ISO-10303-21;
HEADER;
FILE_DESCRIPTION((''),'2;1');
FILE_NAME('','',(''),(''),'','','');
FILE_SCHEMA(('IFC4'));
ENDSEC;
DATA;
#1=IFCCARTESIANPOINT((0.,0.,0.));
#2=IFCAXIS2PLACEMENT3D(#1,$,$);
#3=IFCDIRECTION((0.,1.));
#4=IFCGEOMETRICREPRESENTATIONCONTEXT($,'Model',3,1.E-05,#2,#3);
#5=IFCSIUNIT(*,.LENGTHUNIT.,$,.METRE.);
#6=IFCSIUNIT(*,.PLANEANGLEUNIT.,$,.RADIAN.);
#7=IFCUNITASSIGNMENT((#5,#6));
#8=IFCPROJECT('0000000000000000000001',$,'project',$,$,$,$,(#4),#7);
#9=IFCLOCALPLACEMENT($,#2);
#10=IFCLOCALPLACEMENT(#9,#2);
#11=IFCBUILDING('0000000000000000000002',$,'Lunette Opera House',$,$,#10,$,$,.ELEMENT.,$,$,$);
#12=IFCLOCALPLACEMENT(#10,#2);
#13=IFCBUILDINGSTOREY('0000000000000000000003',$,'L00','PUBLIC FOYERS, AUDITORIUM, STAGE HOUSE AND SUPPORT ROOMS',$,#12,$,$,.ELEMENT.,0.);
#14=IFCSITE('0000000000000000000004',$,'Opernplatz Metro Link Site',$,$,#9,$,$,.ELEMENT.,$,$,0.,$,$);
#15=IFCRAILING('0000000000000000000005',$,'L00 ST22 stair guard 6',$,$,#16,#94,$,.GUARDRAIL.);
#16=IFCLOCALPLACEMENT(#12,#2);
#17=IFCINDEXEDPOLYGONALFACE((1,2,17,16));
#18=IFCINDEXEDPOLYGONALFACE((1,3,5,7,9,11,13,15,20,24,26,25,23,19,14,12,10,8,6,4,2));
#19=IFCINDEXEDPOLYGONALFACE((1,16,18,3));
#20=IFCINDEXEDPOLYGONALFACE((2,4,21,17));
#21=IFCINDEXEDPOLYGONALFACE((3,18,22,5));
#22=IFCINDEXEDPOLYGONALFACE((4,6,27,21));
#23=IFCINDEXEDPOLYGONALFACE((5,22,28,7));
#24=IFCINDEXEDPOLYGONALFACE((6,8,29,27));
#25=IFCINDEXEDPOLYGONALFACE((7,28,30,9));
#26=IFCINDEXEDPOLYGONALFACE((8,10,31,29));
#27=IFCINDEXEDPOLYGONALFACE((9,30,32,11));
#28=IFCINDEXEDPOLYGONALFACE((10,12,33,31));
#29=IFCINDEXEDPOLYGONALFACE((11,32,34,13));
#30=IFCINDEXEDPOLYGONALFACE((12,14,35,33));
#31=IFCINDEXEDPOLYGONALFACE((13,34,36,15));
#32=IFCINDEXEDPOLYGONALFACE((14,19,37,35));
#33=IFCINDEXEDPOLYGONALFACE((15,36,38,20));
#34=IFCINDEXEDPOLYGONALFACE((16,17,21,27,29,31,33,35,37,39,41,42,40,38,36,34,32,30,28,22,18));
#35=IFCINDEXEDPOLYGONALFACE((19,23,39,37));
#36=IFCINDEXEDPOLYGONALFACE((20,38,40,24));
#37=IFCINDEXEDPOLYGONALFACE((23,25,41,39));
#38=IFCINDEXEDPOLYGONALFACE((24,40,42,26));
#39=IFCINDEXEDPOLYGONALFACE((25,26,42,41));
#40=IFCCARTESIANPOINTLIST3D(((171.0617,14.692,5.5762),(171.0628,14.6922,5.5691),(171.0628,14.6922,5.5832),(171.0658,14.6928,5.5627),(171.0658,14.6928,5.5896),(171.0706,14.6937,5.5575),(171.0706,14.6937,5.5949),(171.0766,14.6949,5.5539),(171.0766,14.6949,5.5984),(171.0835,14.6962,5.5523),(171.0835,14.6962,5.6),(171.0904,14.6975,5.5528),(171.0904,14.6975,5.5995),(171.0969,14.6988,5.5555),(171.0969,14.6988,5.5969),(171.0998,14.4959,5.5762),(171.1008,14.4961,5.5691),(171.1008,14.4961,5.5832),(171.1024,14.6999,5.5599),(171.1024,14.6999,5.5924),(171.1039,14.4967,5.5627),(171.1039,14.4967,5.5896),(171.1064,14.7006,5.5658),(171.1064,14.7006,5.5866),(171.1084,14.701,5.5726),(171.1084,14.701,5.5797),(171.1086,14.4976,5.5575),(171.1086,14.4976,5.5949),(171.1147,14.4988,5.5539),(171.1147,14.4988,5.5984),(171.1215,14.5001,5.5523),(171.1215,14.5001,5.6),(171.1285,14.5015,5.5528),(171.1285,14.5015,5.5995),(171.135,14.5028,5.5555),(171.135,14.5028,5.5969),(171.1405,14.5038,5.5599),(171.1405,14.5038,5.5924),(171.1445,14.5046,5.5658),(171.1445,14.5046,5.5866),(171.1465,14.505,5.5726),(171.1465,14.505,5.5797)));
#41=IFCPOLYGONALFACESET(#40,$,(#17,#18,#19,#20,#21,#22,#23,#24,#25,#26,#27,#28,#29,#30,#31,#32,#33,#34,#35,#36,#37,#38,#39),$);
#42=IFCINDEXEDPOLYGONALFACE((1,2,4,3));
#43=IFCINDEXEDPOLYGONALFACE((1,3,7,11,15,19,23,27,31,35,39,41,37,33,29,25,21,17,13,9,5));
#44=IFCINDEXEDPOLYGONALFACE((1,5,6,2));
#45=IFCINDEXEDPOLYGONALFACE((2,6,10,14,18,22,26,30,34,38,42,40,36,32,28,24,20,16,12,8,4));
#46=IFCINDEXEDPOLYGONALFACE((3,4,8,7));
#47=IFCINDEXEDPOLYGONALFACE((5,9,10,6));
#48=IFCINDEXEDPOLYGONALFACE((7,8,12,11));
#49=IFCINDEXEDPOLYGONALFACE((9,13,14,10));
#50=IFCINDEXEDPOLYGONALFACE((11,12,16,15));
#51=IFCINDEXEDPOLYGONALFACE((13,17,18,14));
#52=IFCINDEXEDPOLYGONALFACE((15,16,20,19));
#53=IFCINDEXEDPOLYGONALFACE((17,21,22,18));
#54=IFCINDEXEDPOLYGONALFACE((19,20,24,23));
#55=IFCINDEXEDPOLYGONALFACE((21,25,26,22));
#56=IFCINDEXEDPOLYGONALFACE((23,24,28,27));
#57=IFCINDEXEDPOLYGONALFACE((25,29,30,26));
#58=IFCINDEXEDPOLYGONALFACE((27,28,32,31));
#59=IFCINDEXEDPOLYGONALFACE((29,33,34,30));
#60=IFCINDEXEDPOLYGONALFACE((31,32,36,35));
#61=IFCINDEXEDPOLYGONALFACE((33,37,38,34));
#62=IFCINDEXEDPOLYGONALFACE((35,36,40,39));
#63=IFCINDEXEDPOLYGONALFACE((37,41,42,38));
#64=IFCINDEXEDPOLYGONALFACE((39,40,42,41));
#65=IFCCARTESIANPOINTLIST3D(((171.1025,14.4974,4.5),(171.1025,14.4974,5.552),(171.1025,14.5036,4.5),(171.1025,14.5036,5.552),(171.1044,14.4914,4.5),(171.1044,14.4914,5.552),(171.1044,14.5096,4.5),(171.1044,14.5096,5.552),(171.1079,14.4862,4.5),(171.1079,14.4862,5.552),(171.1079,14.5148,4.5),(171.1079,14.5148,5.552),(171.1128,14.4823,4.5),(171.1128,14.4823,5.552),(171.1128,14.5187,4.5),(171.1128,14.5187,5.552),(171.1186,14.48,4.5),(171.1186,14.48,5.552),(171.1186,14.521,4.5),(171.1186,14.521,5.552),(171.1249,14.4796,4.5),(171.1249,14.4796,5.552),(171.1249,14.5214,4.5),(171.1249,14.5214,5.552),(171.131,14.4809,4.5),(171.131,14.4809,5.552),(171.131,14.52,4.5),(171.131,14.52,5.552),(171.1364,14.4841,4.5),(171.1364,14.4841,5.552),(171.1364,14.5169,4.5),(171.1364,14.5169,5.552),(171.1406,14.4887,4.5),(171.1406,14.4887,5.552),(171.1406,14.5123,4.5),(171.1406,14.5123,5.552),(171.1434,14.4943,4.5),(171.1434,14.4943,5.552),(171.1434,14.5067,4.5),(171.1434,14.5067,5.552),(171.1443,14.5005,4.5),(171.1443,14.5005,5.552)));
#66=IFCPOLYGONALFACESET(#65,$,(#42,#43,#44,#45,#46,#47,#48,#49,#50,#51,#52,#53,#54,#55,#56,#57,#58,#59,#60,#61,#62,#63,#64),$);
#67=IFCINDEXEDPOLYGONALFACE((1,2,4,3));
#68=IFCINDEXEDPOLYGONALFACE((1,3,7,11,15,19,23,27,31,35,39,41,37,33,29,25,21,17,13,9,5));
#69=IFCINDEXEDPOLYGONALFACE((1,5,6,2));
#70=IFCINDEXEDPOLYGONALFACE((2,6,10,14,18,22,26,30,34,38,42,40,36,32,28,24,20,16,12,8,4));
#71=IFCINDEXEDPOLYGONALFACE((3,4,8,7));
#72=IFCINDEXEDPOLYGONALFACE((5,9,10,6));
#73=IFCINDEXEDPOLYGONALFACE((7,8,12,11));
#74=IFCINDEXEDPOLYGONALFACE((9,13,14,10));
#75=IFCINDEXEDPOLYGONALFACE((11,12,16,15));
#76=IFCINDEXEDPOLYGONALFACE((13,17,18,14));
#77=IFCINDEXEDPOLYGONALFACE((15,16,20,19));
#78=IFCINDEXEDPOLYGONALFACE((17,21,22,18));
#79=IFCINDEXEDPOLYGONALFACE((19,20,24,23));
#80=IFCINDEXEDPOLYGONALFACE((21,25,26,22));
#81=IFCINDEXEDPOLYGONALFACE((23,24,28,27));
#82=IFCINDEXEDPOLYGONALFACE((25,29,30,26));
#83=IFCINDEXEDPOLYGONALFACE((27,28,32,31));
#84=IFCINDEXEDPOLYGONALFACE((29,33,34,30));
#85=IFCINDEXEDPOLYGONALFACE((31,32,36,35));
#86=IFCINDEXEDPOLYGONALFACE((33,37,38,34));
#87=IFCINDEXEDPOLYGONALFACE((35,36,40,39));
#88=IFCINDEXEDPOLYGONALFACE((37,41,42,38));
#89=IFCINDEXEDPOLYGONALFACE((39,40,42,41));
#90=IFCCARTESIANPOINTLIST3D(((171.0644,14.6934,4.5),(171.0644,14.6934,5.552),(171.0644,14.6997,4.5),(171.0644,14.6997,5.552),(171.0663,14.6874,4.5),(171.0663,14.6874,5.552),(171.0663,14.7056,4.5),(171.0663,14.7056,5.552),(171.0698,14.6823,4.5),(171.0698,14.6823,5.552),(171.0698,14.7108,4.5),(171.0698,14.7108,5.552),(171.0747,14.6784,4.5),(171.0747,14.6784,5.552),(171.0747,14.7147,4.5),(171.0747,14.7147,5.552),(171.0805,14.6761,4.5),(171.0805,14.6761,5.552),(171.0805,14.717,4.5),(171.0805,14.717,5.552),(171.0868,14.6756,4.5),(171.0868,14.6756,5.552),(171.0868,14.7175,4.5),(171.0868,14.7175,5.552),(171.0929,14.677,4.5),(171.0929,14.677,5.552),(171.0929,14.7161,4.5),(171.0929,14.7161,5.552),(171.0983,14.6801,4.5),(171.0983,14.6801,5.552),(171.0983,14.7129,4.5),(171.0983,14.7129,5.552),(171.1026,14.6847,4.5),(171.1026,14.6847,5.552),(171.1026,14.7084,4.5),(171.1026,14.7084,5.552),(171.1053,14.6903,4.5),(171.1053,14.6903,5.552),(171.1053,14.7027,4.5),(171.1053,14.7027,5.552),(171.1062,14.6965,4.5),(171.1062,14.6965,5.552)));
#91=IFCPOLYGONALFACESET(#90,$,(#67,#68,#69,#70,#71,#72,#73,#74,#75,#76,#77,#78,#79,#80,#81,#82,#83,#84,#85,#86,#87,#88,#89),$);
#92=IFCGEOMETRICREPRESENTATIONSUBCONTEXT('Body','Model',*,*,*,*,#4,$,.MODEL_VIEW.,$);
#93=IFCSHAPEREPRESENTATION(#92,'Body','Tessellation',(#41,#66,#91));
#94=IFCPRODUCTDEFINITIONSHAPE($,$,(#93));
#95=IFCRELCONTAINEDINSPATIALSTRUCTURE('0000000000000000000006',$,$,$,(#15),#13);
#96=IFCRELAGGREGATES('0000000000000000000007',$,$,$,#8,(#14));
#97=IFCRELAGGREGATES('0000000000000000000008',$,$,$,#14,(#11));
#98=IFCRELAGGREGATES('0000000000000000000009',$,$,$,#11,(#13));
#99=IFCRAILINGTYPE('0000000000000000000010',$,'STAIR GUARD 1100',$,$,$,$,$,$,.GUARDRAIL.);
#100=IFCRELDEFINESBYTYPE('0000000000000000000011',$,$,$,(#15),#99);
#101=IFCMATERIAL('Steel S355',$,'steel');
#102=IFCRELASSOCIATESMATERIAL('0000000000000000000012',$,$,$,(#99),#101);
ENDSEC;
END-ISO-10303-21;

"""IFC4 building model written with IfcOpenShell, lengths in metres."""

from ifc_helpers import new_model, si_unit, direction, frame, origin, origin_2d, place, context, subcontext, project, spatial, circle, extrude, material, type_object, element, save


model = new_model("IFC4")

# Units and contexts
model_context = context("Model", 3, precision=1e-05, world=origin(), true_north=direction((0.0, 1.0)))
body_context = subcontext(model_context, "Body", "Model", "MODEL_VIEW")
ifc_project = project(units=[si_unit("LENGTHUNIT", "METRE"), si_unit("PLANEANGLEUNIT", "RADIAN")], contexts=[model_context])

# Site, building, storey
site_placement = place(None, origin())
site = spatial("IfcSite", under=ifc_project, at=site_placement, Name="Opernplatz Metro Link Site", CompositionType="ELEMENT", RefElevation=0.0)
building_placement = place(site_placement, origin())
building = spatial("IfcBuilding", under=site, at=building_placement, Name="Lunette Opera House", CompositionType="ELEMENT")
storey_placement = place(building_placement, origin())
storey = spatial("IfcBuildingStorey", under=building, at=storey_placement, Name="L00", Description="PUBLIC FOYERS, AUDITORIUM, STAGE HOUSE AND SUPPORT ROOMS", CompositionType="ELEMENT", Elevation=0.0)

# Railing
ifc_material_1 = material(Name="Steel S355", Category="steel")
railing_type_1 = type_object("IfcRailingType", Name="STAIR GUARD 1100", PredefinedType="GUARDRAIL", material=ifc_material_1)
railing_1_placement = place(storey_placement, frame((171.1233, 14.5005, 4.5)))
element("IfcRailing", 1, at=railing_1_placement, inside=storey, type_object=railing_type_1, Name="L00 ST22 stair guard 6", PredefinedType="GUARDRAIL", context=body_context, shape_type="SweptSolid", body=[
    extrude(circle(Radius=0.0239, at=origin_2d()), frame((0.0, 0.0, 1.0762), z_axis=(-0.190706, 0.981647, 0.0), x_axis=(-0.981647, -0.190706, 0.0)), (0.0, 0.0, 1.0), 0.1997),
    extrude(circle(Radius=0.021, at=origin_2d()), origin(), (0.0, 0.0, 1.0), 1.052),
    extrude(circle(Radius=0.021, at=origin_2d()), frame((-0.0381, 0.196, 0.0)), (0.0, 0.0, 1.0), 1.052),
])

save(model, "model.ifc")
